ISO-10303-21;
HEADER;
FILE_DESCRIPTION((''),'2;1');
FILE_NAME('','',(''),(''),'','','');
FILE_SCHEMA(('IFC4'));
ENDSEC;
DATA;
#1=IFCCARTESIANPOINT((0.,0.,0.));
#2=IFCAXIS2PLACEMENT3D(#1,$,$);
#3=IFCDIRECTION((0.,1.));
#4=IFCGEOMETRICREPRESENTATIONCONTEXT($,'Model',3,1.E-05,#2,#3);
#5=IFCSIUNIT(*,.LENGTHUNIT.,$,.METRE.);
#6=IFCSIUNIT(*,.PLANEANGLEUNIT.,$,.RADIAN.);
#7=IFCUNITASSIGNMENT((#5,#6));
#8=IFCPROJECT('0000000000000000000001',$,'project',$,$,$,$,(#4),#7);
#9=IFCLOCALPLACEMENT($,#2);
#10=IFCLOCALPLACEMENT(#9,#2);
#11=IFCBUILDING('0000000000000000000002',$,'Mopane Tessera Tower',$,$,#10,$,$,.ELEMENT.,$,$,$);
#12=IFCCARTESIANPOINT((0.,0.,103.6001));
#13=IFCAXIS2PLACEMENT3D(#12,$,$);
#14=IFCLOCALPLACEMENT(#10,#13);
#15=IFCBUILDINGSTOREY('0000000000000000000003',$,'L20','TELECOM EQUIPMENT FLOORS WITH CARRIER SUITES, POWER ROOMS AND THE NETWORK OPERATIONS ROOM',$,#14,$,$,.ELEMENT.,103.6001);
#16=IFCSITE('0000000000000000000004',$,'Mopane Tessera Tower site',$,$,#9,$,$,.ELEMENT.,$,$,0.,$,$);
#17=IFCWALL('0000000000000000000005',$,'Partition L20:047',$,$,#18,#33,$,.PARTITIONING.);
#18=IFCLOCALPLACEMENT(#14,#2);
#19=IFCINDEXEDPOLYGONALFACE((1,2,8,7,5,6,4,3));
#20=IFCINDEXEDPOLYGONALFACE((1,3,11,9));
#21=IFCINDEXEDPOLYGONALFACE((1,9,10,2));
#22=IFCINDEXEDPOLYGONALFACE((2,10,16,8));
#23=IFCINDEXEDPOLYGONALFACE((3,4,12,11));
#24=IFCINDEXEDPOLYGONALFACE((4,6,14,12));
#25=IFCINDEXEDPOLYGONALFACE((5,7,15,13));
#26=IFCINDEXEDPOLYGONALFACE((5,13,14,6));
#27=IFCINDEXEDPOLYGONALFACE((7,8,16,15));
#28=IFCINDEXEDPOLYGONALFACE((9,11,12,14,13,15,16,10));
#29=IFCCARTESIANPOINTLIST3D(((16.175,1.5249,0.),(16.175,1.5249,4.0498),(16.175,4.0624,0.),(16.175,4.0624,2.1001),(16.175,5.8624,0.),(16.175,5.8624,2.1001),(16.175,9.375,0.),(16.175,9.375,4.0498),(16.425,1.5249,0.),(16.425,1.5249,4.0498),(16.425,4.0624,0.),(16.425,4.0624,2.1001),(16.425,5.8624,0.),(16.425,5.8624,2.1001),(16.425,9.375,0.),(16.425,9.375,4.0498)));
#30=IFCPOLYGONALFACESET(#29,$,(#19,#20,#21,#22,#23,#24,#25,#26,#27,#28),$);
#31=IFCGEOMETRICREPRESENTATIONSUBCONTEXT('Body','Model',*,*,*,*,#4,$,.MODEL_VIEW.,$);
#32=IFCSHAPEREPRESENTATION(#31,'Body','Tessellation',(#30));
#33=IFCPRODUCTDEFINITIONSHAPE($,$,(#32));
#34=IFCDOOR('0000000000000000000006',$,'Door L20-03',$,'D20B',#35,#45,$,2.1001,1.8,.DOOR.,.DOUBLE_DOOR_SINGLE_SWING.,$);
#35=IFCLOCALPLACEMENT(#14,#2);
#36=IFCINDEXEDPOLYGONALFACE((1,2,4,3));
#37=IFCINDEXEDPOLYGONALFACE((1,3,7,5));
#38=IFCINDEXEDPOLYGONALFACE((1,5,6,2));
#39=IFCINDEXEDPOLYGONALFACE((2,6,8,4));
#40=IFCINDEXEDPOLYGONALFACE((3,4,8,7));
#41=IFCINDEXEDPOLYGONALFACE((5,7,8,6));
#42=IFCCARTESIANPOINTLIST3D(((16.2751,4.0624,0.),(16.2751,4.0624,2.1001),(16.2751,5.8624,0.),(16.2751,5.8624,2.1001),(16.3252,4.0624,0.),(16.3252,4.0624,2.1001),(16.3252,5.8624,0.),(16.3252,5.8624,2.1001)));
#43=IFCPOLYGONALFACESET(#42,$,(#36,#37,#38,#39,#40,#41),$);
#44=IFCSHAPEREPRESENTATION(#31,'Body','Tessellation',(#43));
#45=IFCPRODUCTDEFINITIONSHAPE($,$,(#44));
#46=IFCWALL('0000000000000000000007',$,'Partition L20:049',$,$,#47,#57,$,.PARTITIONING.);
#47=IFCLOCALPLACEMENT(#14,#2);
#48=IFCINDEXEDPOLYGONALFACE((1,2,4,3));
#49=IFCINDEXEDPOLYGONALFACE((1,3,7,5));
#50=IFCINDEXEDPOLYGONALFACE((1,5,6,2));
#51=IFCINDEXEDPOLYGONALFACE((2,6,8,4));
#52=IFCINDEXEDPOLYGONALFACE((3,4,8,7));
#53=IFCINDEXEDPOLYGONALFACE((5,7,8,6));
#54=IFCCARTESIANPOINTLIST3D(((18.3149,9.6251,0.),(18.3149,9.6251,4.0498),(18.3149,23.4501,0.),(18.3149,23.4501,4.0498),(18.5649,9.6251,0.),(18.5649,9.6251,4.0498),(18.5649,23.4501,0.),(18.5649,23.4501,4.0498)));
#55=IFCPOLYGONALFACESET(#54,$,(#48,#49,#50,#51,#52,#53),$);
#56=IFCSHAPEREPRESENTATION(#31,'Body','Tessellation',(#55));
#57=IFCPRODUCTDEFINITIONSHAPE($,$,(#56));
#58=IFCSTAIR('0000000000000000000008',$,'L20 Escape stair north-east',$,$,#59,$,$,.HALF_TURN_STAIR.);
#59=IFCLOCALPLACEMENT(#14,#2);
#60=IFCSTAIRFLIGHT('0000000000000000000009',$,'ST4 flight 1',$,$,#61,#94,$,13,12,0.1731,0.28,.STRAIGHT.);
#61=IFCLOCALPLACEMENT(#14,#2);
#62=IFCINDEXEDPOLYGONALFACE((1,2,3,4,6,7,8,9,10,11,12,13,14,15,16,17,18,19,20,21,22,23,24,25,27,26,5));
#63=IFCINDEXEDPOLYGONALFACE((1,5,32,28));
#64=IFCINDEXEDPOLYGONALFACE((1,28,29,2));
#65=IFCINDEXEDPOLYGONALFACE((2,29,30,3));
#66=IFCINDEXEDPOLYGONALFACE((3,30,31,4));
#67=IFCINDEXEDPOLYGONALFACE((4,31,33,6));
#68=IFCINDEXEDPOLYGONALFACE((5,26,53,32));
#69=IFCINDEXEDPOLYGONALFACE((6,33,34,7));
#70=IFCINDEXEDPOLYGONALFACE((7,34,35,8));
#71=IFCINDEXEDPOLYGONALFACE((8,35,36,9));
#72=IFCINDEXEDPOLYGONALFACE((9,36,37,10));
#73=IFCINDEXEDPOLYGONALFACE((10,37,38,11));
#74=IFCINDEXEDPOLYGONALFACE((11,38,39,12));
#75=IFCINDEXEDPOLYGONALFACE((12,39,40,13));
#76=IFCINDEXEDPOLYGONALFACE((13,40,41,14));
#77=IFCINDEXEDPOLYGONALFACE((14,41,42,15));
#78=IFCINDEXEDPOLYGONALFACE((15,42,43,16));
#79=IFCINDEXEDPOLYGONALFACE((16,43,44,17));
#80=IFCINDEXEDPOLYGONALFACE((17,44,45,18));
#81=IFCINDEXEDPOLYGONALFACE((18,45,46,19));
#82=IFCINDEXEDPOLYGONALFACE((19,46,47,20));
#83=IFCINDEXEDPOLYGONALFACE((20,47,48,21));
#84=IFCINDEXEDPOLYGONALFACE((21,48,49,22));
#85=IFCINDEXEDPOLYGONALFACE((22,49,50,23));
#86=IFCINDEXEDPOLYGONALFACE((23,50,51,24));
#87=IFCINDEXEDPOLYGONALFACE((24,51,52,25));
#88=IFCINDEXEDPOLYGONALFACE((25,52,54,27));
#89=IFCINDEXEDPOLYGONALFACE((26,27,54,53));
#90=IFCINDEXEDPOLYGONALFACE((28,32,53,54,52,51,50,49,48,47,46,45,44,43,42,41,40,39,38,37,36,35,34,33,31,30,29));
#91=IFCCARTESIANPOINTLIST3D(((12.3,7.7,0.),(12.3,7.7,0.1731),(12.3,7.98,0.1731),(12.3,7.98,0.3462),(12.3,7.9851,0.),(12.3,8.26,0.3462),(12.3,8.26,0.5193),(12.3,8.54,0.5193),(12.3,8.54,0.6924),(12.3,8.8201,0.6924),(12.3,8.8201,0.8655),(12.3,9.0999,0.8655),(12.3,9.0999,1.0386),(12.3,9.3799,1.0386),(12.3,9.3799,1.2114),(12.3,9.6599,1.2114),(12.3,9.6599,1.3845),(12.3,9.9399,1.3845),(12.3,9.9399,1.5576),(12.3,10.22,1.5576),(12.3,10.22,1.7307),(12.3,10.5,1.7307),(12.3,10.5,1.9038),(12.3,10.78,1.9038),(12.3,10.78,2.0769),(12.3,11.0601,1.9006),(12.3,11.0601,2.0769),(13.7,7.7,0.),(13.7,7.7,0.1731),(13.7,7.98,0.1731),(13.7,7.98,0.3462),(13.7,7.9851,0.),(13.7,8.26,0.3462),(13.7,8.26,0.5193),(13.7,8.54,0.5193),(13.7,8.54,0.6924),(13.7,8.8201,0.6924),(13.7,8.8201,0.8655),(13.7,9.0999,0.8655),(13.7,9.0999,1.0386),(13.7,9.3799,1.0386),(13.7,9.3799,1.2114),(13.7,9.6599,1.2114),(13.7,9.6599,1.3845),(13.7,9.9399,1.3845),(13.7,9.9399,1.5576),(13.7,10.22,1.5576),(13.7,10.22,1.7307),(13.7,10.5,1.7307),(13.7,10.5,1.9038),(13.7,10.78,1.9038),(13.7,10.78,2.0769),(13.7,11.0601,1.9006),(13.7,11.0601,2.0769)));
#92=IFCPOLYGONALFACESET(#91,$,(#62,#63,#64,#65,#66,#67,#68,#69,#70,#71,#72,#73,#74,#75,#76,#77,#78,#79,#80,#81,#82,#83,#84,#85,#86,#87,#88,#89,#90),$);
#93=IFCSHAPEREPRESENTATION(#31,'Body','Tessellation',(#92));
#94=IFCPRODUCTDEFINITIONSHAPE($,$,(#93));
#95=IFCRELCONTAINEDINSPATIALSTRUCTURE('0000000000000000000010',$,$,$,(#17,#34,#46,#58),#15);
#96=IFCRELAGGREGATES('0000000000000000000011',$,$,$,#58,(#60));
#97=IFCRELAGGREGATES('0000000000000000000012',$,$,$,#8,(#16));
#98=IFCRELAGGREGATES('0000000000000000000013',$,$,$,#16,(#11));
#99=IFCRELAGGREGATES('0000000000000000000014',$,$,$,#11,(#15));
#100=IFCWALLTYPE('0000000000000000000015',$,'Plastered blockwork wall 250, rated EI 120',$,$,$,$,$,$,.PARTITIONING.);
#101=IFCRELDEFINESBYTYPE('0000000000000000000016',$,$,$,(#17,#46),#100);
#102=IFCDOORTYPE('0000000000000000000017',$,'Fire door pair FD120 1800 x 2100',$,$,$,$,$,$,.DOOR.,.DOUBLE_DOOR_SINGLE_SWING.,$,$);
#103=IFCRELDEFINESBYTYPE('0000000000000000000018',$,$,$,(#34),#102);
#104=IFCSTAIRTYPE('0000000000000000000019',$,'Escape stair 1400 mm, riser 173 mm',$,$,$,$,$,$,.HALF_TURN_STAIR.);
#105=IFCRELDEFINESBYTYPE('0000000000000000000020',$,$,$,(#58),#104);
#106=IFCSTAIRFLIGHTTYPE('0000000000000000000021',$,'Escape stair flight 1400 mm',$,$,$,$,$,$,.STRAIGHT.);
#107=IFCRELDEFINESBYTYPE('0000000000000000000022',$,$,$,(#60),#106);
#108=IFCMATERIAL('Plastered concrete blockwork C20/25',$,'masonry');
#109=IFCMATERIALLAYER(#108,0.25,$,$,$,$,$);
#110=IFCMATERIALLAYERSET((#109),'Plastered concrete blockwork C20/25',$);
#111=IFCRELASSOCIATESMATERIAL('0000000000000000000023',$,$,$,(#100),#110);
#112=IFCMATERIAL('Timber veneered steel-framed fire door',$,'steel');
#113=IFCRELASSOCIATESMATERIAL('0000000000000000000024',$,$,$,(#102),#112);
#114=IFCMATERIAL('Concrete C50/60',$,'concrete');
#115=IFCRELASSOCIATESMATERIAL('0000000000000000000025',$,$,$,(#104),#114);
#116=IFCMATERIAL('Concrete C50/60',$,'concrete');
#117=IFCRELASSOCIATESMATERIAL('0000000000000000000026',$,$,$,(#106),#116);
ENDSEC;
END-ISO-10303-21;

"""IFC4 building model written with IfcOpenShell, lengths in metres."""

from ifc_helpers import new_model, si_unit, direction, frame, frame_2d, origin, place, context, subcontext, project, spatial, polyline, rectangle, outline, extrude, material, layer, layer_set, type_object, element, fill, aggregate, save


model = new_model("IFC4")

# Units and contexts
model_context = context("Model", 3, precision=1e-05, world=origin(), true_north=direction((0.0, 1.0)))
body_context = subcontext(model_context, "Body", "Model", "MODEL_VIEW")
ifc_project = project(units=[si_unit("LENGTHUNIT", "METRE"), si_unit("PLANEANGLEUNIT", "RADIAN")], contexts=[model_context])

# Site, building, storey
site_placement = place(None, origin())
site = spatial("IfcSite", under=ifc_project, at=site_placement, Name="Mopane Tessera Tower site", CompositionType="ELEMENT", RefElevation=0.0)
building_placement = place(site_placement, origin())
building = spatial("IfcBuilding", under=site, at=building_placement, Name="Mopane Tessera Tower", CompositionType="ELEMENT")
storey_placement = place(building_placement, frame((0.0, 0.0, 103.6001)))
storey = spatial("IfcBuildingStorey", under=building, at=storey_placement, Name="L20", Description="TELECOM EQUIPMENT FLOORS WITH CARRIER SUITES, POWER ROOMS AND THE NETWORK OPERATIONS ROOM", CompositionType="ELEMENT", Elevation=103.6001)

# Shared definitions
ifc_material_1 = material(Name="Plastered concrete blockwork C20/25", Category="masonry")
ifc_layer_1 = layer(ifc_material_1, 0.25)
ifc_layer_set_1 = layer_set([ifc_layer_1], Name="Plastered concrete blockwork C20/25")
wall_type_1 = type_object("IfcWallType", Name="Plastered blockwork wall 250, rated EI 120", PredefinedType="PARTITIONING", material=ifc_layer_set_1)

# Wall, opening, door
wall_1_placement = place(storey_placement, frame((16.3, 1.5249, 0.0), z_axis=(0.0, 0.0, 1.0), x_axis=(0.0, 1.0, 0.0)))
wall_1 = element("IfcWall", 1, at=wall_1_placement, inside=storey, type_object=wall_type_1, Name="Partition L20:047", PredefinedType="PARTITIONING", context=body_context, shape_type="SweptSolid", body=[
    extrude(rectangle(XDim=7.8501, YDim=0.25, at=frame_2d((3.925, 0.0))), origin(), (0.0, 0.0, 1.0), 4.0498),
])
opening_placement = place(wall_1_placement, frame((2.5376, 0.0, 0.0)))
opening = element("IfcOpeningElement", 2, at=opening_placement, cuts=wall_1, PredefinedType="OPENING", context=body_context, shape_type="SweptSolid", body=[
    extrude(rectangle(XDim=1.8, YDim=2.1001, at=frame_2d((0.8999, 1.05))), frame((0.0, 0.137, 0.0), z_axis=(0.0, -1.0, 0.0), x_axis=(1.0, 0.0, 0.0)), (0.0, 0.0, 1.0), 0.2739),
])
ifc_material_2 = material(Name="Timber veneered steel-framed fire door", Category="steel")
door_type = type_object("IfcDoorType", Name="Fire door pair FD120 1800 x 2100", OperationType="DOUBLE_DOOR_SINGLE_SWING", PredefinedType="DOOR", material=ifc_material_2)
door_placement = place(opening_placement, origin())
door = element("IfcDoor", 3, at=door_placement, inside=storey, type_object=door_type, Name="Door L20-03", ObjectType="D20B", OperationType="DOUBLE_DOOR_SINGLE_SWING", OverallHeight=2.1001, OverallWidth=1.8, PredefinedType="DOOR", context=body_context, shape_type="SweptSolid", body=[
    extrude(rectangle(XDim=1.8, YDim=2.1001, at=frame_2d((0.8999, 1.05))), frame((0.0, 0.0249, 0.0), z_axis=(0.0, -1.0, 0.0), x_axis=(1.0, 0.0, 0.0)), (0.0, 0.0, 1.0), 0.05),
])
fill(opening, door)

# Wall
wall_2_placement = place(storey_placement, frame((18.4399, 9.625, 0.0), z_axis=(0.0, 0.0, 1.0), x_axis=(0.0, 1.0, 0.0)))
element("IfcWall", 4, at=wall_2_placement, inside=storey, type_object=wall_type_1, Name="Partition L20:049", PredefinedType="PARTITIONING", context=body_context, shape_type="SweptSolid", body=[
    extrude(rectangle(XDim=13.825, YDim=0.25, at=frame_2d((6.9126, 0.0))), origin(), (0.0, 0.0, 1.0), 4.0498),
])

# Stair, stair flight
ifc_material_3 = material(Name="Concrete C50/60", Category="concrete")
stair_type = type_object("IfcStairType", Name="Escape stair 1400 mm, riser 173 mm", PredefinedType="HALF_TURN_STAIR", material=ifc_material_3)
stair_placement = place(storey_placement, origin())
stair = element("IfcStair", 5, at=stair_placement, inside=storey, type_object=stair_type, Name="L20 Escape stair north-east", PredefinedType="HALF_TURN_STAIR")
ifc_material_4 = material(Name="Concrete C50/60", Category="concrete")
stair_flight_type = type_object("IfcStairFlightType", Name="Escape stair flight 1400 mm", PredefinedType="STRAIGHT", material=ifc_material_4)
stair_flight_placement = place(storey_placement, frame((13.0, 7.7, 0.0), z_axis=(0.0, 0.0, 1.0), x_axis=(0.0, 1.0, 0.0)))
stair_flight = element("IfcStairFlight", 6, at=stair_flight_placement, type_object=stair_flight_type, Name="ST4 flight 1", NumberOfRisers=13, NumberOfTreads=12, PredefinedType="STRAIGHT", RiserHeight=0.1731, TreadLength=0.28, context=body_context, shape_type="SweptSolid", body=[
    extrude(outline(polyline([(0.0, 0.0), (0.0, 0.1731), (0.28, 0.1731), (0.28, 0.3462), (0.5601, 0.3462), (0.5601, 0.5193), (0.8401, 0.5193), (0.8401, 0.6924), (1.1201, 0.6924), (1.1201, 0.8655), (1.3999, 0.8655), (1.3999, 1.0386), (1.6799, 1.0386), (1.6799, 1.2114), (1.96, 1.2114), (1.96, 1.3845), (2.24, 1.3845), (2.24, 1.5576), (2.52, 1.5576), (2.52, 1.7307), (2.8, 1.7307), (2.8, 1.9038), (3.0801, 1.9038), (3.0801, 2.0769), (3.3601, 2.0769), (3.3601, 2.25), (3.3601, 1.9006), (0.2852, 0.0), (0.0, 0.0)])), frame((0.0, 0.7, 0.0), z_axis=(0.0, -1.0, 0.0), x_axis=(1.0, 0.0, 0.0)), (0.0, 0.0, 1.0), 1.3999),
])
aggregate(stair, [stair_flight])

save(model, "model.ifc")
